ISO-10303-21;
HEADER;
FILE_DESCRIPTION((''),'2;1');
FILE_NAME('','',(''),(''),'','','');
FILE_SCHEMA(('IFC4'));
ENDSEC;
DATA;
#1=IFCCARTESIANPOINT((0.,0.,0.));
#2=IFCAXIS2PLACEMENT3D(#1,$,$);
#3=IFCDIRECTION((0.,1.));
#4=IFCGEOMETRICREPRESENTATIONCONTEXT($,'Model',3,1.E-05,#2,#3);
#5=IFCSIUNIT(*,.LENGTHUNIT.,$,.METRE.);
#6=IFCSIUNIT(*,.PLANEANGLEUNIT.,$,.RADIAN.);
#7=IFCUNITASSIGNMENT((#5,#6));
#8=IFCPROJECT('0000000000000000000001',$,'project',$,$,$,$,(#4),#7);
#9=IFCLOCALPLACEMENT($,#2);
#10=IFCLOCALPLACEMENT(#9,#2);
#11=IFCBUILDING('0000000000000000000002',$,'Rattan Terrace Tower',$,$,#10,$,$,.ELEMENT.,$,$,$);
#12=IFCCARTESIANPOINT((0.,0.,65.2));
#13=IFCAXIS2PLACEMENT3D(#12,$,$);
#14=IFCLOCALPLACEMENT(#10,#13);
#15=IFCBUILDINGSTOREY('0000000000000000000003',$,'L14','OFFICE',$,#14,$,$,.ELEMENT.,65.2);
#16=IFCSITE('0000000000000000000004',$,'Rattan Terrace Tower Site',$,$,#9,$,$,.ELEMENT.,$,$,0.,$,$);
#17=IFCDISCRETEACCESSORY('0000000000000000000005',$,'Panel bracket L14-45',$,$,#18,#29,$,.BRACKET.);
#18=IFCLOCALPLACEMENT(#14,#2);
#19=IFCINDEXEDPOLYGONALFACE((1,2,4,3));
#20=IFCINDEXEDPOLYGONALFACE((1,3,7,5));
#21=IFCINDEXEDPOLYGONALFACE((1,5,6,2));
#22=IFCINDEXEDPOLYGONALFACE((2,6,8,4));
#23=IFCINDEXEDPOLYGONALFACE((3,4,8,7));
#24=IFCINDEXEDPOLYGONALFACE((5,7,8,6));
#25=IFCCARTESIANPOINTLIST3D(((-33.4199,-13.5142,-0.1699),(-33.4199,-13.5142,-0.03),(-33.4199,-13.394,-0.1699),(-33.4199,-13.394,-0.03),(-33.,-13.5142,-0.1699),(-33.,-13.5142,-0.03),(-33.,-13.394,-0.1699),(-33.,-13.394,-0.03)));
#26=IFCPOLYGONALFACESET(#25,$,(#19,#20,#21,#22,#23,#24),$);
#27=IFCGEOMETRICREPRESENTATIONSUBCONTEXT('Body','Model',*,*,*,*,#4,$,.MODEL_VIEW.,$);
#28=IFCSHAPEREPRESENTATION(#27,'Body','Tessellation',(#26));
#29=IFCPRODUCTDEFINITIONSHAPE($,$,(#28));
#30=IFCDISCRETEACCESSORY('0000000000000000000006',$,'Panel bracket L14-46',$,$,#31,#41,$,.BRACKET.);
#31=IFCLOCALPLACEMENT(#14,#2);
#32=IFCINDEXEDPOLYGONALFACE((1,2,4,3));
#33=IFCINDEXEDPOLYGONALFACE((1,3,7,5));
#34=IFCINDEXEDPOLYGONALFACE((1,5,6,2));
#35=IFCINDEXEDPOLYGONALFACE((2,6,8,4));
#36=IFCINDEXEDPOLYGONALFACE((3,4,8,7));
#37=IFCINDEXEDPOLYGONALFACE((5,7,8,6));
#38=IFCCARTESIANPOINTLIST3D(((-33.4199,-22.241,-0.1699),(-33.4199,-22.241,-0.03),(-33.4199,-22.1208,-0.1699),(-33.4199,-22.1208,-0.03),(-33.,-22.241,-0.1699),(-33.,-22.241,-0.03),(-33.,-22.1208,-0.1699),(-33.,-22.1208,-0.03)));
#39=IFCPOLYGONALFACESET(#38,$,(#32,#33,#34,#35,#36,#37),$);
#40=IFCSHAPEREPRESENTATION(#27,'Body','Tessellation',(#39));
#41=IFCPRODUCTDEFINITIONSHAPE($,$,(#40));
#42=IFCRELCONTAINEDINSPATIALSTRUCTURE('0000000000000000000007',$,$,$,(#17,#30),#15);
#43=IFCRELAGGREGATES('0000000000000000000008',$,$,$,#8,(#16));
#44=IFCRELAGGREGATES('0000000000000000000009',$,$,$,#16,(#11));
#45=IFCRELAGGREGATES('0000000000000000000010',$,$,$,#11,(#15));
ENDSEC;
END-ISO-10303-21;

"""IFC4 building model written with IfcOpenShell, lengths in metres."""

from ifc_helpers import new_model, si_unit, direction, frame, origin, origin_2d, place, context, subcontext, project, spatial, rectangle, extrude, element, save


model = new_model("IFC4")

# Units and contexts
model_context = context("Model", 3, precision=1e-05, world=origin(), true_north=direction((0.0, 1.0)))
body_context = subcontext(model_context, "Body", "Model", "MODEL_VIEW")
ifc_project = project(units=[si_unit("LENGTHUNIT", "METRE"), si_unit("PLANEANGLEUNIT", "RADIAN")], contexts=[model_context])

# Site, building, storey
site_placement = place(None, origin())
site = spatial("IfcSite", under=ifc_project, at=site_placement, Name="Rattan Terrace Tower Site", CompositionType="ELEMENT", RefElevation=0.0)
building_placement = place(site_placement, origin())
building = spatial("IfcBuilding", under=site, at=building_placement, Name="Rattan Terrace Tower", CompositionType="ELEMENT")
storey_placement = place(building_placement, frame((0.0, 0.0, 65.2)))
storey = spatial("IfcBuildingStorey", under=building, at=storey_placement, Name="L14", Description="OFFICE", CompositionType="ELEMENT", Elevation=65.2)

# Discrete accessories
for number, where, z_axis, x_axis, name in (
    (1, (-33.21, -13.4541, -0.1699), (0.0, 0.0, 1.0), (0.0, -1.0, 0.0), "Panel bracket L14-45"),
    (2, (-33.21, -22.1809, -0.1699), (0.0, 0.0, 1.0), (0.0, -1.0, 0.0), "Panel bracket L14-46"),
):
    element("IfcDiscreteAccessory", number, at=place(storey_placement, frame(where, z_axis=z_axis, x_axis=x_axis)), inside=storey, Name=name, PredefinedType="BRACKET", context=body_context, shape_type="SweptSolid", body=[
        extrude(rectangle(XDim=0.1201, YDim=0.4199, at=origin_2d()), origin(), (0.0, 0.0, 1.0), 0.1399),
    ])

save(model, "model.ifc")
